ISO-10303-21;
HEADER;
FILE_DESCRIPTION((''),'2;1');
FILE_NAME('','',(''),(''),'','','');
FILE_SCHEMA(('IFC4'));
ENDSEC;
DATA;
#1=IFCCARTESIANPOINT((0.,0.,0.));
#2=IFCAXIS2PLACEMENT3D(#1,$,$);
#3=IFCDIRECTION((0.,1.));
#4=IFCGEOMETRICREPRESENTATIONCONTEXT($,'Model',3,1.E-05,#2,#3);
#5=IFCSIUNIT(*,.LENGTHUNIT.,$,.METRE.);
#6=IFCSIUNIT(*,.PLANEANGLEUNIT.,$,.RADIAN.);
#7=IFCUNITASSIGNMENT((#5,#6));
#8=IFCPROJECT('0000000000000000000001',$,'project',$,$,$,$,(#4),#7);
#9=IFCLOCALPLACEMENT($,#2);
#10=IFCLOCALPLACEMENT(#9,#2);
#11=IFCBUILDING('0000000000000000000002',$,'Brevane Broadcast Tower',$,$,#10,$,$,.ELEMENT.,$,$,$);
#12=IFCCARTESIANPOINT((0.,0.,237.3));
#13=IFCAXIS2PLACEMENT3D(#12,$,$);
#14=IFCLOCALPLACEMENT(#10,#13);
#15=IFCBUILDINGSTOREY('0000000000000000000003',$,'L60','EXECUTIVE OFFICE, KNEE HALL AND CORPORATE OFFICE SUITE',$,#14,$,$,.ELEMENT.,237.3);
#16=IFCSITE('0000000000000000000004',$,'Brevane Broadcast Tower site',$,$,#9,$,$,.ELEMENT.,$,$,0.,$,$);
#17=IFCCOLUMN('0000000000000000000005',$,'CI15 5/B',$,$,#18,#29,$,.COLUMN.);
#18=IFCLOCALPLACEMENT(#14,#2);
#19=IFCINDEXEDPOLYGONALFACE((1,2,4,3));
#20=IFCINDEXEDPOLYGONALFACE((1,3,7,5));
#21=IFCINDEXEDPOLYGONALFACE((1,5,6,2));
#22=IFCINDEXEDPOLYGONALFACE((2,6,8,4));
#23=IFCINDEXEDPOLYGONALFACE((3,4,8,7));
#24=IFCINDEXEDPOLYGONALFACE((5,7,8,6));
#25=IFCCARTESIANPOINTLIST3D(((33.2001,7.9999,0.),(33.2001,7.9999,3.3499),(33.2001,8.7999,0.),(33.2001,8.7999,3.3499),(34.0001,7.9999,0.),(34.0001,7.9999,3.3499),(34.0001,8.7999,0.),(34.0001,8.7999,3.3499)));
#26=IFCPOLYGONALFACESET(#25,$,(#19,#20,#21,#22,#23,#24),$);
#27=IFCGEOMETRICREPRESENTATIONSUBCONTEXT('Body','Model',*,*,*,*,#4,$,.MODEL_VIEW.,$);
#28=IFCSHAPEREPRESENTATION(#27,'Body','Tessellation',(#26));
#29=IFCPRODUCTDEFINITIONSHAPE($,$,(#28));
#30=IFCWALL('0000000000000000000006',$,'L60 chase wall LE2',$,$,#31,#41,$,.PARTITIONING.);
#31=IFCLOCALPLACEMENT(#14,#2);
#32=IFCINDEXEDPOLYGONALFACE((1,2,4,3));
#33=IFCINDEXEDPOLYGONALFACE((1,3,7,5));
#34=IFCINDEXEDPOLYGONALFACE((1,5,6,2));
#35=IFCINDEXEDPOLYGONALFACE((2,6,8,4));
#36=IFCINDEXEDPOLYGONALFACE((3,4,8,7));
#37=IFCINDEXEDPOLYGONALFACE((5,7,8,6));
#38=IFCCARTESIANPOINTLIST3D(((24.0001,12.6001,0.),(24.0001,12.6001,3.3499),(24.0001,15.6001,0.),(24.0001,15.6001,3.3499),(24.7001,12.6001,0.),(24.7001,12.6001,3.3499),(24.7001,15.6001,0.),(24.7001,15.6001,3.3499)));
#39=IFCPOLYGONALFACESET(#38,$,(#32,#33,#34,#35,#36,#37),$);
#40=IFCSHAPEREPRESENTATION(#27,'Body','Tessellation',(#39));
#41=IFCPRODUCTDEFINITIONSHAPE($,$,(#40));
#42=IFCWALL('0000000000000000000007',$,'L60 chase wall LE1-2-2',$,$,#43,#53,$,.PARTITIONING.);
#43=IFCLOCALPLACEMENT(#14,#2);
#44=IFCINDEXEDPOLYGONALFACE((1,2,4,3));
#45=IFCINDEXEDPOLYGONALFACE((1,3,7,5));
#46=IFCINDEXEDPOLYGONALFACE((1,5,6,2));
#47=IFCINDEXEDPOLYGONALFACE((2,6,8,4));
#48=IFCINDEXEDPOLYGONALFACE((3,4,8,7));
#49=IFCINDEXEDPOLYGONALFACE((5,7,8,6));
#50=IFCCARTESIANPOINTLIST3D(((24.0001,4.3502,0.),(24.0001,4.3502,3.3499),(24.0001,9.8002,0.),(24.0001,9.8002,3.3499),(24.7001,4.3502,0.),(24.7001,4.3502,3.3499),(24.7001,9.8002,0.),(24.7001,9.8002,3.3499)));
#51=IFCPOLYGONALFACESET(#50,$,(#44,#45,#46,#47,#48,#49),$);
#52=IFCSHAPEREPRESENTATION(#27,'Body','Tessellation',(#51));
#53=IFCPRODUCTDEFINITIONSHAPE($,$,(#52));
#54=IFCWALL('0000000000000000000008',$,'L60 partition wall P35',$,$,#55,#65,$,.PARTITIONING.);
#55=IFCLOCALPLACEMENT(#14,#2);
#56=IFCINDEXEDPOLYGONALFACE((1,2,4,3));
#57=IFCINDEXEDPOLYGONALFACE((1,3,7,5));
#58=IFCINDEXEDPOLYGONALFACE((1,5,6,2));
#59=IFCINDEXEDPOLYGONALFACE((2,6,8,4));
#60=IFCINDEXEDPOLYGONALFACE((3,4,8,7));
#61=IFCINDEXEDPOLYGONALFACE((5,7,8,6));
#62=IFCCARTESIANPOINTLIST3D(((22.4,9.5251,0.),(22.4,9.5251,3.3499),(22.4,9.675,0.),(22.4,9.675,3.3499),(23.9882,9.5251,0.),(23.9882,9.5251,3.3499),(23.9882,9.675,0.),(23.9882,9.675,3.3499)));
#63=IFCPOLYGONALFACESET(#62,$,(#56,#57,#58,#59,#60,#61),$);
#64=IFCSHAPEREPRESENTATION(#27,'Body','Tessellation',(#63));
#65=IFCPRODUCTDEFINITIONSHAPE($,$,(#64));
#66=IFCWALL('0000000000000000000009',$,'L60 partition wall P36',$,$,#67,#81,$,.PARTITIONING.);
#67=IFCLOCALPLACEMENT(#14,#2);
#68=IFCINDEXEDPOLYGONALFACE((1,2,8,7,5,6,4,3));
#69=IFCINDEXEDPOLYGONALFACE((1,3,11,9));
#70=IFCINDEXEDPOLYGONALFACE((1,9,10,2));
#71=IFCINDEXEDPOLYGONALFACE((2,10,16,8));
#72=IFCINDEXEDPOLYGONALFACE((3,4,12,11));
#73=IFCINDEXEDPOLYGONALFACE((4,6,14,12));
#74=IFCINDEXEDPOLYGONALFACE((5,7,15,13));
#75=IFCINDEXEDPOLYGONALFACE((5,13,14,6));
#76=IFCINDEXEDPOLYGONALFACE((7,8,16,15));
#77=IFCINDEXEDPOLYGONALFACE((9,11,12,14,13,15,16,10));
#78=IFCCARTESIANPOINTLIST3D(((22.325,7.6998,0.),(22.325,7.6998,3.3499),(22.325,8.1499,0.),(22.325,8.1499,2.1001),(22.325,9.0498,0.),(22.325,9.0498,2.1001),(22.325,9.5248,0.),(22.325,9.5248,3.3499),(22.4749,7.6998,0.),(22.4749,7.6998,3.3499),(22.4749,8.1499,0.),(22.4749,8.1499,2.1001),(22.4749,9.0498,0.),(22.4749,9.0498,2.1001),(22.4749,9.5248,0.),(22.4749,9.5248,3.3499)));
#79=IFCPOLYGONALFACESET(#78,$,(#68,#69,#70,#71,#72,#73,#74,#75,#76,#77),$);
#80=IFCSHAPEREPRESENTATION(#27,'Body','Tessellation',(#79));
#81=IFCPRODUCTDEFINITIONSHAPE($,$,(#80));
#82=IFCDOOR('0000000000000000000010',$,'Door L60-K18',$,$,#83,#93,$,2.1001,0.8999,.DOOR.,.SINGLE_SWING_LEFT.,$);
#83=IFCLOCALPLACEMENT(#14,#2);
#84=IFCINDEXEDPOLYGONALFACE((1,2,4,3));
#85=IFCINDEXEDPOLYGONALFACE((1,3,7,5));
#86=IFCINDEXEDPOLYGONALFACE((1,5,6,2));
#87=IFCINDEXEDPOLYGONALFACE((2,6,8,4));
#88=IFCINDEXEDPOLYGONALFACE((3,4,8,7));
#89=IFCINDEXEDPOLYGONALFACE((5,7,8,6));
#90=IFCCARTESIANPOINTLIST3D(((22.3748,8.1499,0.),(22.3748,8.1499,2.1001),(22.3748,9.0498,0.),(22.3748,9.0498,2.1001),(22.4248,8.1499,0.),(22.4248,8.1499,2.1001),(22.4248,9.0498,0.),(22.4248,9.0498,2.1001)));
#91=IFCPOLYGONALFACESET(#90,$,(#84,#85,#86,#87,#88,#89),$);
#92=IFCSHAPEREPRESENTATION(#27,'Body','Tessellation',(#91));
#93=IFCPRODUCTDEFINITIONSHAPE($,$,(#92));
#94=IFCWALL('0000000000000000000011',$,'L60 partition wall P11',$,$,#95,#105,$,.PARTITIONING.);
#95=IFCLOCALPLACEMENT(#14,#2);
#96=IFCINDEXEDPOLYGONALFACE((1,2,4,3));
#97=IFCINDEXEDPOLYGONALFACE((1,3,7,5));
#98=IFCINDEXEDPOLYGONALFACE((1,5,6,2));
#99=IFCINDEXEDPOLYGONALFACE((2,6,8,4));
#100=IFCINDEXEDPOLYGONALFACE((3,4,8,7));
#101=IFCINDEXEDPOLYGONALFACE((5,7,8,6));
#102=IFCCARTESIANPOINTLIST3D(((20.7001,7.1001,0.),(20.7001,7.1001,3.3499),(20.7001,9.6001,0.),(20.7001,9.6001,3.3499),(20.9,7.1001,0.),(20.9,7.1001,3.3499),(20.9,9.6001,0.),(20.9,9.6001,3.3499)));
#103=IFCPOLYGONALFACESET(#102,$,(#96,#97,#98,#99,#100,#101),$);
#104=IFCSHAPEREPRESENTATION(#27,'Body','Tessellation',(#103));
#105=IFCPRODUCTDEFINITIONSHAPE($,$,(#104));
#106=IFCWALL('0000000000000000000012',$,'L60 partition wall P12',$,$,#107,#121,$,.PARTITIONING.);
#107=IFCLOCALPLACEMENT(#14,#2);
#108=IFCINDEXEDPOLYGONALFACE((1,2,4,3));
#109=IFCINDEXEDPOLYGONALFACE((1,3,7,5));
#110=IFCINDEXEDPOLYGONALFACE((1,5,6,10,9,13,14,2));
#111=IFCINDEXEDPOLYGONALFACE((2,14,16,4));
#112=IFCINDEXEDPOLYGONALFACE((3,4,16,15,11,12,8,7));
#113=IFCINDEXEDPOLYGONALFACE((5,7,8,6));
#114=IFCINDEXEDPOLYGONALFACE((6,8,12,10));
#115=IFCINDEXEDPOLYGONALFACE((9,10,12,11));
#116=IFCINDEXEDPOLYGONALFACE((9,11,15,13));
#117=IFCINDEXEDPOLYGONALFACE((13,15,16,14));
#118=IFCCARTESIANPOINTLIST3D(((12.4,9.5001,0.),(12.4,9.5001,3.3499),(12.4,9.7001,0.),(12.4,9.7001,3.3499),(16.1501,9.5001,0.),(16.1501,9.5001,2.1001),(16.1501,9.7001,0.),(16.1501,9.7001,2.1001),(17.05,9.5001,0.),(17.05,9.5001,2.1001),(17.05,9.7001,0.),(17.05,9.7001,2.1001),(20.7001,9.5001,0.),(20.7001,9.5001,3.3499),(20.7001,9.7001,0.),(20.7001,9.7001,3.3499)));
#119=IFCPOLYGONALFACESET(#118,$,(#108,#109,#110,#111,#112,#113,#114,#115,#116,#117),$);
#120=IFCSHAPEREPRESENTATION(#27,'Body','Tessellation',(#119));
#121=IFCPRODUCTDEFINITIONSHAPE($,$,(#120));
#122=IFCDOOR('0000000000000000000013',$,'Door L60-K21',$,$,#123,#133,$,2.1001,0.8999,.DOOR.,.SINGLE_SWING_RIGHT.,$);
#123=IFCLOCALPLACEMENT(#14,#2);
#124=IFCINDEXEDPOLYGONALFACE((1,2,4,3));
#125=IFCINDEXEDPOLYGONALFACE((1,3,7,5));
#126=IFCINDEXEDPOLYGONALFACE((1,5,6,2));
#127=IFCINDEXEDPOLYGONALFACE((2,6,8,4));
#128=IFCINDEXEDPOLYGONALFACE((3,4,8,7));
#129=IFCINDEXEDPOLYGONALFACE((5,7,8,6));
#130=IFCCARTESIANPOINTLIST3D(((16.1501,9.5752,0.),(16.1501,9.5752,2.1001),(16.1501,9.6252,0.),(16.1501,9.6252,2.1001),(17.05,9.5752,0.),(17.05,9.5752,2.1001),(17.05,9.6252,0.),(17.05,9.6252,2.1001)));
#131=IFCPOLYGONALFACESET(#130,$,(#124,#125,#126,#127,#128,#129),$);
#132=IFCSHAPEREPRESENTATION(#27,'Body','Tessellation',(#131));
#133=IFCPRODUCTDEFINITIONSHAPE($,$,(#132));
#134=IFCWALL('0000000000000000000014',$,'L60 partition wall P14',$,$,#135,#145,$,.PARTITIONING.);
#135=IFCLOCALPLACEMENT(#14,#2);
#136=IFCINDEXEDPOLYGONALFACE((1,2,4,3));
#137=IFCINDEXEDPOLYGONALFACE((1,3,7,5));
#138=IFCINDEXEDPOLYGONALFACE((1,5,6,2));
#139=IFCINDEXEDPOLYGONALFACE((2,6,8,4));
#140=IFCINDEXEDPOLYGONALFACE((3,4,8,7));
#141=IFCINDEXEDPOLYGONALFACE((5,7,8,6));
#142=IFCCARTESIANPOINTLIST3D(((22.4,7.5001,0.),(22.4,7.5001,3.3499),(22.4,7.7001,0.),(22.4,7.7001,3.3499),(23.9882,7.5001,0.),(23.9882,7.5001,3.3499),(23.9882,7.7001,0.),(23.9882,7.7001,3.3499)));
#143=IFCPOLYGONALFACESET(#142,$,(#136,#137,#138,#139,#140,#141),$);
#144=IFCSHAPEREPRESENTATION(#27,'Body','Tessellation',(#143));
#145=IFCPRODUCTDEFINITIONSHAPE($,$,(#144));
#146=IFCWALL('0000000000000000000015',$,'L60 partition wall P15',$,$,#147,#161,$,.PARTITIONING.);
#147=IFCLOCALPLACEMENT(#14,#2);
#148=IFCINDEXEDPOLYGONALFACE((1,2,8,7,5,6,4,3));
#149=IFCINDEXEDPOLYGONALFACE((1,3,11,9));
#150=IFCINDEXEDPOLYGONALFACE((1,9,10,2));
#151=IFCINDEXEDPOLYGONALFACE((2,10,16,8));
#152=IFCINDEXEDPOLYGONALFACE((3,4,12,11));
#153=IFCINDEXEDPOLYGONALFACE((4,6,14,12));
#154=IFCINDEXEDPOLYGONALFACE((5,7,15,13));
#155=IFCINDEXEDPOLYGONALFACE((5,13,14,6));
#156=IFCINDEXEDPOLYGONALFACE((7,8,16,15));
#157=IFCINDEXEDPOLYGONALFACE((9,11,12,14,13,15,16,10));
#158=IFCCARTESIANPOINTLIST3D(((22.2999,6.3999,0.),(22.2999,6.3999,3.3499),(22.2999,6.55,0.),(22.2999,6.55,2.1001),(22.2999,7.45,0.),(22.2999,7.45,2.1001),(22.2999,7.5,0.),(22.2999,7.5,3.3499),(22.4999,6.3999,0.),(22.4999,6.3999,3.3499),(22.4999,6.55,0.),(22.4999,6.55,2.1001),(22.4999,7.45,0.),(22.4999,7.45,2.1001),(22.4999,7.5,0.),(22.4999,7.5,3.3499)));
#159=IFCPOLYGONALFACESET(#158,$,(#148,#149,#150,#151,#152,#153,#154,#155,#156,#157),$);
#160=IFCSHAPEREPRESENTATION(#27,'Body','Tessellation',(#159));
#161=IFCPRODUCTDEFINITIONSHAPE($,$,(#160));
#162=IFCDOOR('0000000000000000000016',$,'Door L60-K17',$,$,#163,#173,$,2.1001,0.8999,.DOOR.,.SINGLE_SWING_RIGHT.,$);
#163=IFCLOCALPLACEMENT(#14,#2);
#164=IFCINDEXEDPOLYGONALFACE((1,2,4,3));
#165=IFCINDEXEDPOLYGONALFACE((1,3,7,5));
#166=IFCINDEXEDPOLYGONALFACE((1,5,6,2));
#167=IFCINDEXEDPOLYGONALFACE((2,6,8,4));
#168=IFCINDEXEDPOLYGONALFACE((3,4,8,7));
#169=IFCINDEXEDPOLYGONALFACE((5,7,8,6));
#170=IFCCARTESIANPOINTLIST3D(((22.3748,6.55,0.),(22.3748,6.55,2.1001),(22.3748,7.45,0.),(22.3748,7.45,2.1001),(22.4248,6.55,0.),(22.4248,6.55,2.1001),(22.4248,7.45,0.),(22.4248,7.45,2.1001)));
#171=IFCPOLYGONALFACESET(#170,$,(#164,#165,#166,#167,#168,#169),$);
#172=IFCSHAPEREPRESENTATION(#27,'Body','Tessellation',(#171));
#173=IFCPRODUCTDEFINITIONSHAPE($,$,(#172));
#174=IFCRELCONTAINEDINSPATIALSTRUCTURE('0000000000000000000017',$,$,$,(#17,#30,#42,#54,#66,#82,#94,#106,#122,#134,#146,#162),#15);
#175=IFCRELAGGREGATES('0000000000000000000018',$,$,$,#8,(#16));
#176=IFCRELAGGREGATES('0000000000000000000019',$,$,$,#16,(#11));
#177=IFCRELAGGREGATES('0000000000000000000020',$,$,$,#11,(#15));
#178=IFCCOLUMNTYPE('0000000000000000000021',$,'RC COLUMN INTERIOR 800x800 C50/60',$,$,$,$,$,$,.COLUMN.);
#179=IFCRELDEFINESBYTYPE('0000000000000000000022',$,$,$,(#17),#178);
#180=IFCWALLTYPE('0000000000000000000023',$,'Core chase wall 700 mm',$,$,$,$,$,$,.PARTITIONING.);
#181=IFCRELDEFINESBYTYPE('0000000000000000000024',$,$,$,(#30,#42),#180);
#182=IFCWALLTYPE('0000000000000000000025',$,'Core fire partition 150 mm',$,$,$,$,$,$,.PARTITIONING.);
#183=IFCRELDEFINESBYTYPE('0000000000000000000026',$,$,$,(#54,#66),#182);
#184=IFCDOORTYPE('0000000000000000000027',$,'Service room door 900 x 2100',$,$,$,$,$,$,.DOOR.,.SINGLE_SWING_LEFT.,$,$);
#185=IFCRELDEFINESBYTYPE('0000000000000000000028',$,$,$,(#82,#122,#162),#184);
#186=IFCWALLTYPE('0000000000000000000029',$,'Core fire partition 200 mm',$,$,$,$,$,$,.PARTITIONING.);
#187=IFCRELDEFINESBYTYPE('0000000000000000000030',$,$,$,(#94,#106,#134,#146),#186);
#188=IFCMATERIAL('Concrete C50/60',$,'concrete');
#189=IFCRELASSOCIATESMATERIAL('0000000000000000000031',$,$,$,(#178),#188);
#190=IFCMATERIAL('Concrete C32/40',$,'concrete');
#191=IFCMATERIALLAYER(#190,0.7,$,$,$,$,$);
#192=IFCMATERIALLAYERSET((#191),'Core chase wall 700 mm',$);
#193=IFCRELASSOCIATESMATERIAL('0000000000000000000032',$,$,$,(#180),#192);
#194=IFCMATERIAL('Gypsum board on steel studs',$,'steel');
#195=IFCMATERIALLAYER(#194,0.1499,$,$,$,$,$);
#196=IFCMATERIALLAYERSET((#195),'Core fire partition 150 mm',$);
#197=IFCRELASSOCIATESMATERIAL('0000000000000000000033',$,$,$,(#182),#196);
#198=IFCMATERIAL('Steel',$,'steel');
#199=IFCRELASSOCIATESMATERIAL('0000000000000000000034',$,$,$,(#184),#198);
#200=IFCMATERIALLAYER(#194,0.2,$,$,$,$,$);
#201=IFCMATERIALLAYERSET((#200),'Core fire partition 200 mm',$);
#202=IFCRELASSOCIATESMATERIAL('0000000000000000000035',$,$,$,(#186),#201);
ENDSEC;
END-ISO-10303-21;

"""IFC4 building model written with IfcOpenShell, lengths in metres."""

from ifc_helpers import new_model, si_unit, direction, frame, frame_2d, origin, origin_2d, place, context, subcontext, project, spatial, rectangle, extrude, material, layer, layer_set, material_profile, profile_set, type_object, element, fill, save


model = new_model("IFC4")

# Units and contexts
model_context = context("Model", 3, precision=1e-05, world=origin(), true_north=direction((0.0, 1.0)))
body_context = subcontext(model_context, "Body", "Model", "MODEL_VIEW")
ifc_project = project(units=[si_unit("LENGTHUNIT", "METRE"), si_unit("PLANEANGLEUNIT", "RADIAN")], contexts=[model_context])

# Site, building, storey
site_placement = place(None, origin())
site = spatial("IfcSite", under=ifc_project, at=site_placement, Name="Brevane Broadcast Tower site", CompositionType="ELEMENT", RefElevation=0.0)
building_placement = place(site_placement, origin())
building = spatial("IfcBuilding", under=site, at=building_placement, Name="Brevane Broadcast Tower", CompositionType="ELEMENT")
storey_placement = place(building_placement, frame((0.0, 0.0, 237.3)))
storey = spatial("IfcBuildingStorey", under=building, at=storey_placement, Name="L60", Description="EXECUTIVE OFFICE, KNEE HALL AND CORPORATE OFFICE SUITE", CompositionType="ELEMENT", Elevation=237.3)

# Column
ifc_material_1 = material(Name="Concrete C50/60", Category="concrete")
ifc_material_profile = material_profile(ifc_material_1, rectangle(XDim=0.8, YDim=0.8, at=origin_2d()), Name="RC 800x800")
ifc_profile_set = profile_set([ifc_material_profile], Name="Concrete C50/60")
column_type = type_object("IfcColumnType", Name="RC COLUMN INTERIOR 800x800 C50/60", PredefinedType="COLUMN", material=ifc_profile_set)
column_placement = place(storey_placement, frame((33.6001, 8.3999, 0.0), z_axis=(0.0, 0.0, 1.0), x_axis=(1.0, 0.0, 0.0)))
element("IfcColumn", 1, at=column_placement, inside=storey, type_object=column_type, Name="CI15 5/B", PredefinedType="COLUMN", context=body_context, shape_type="SweptSolid", body=[
    extrude(rectangle(XDim=0.8, YDim=0.8, at=origin_2d()), origin(), (0.0, 0.0, 1.0), 3.3499),
])

# Walls
ifc_material_2 = material(Name="Concrete C32/40", Category="concrete")
ifc_layer_1 = layer(ifc_material_2, 0.7)
ifc_layer_set_1 = layer_set([ifc_layer_1], Name="Core chase wall 700 mm")
wall_type_1 = type_object("IfcWallType", Name="Core chase wall 700 mm", PredefinedType="PARTITIONING", material=ifc_layer_set_1)
wall_1_placement = place(storey_placement, frame((24.3501, 12.6001, 0.0), z_axis=(0.0, 0.0, 1.0), x_axis=(0.0, 1.0, 0.0)))
element("IfcWall", 2, at=wall_1_placement, inside=storey, type_object=wall_type_1, Name="L60 chase wall LE2", PredefinedType="PARTITIONING", context=body_context, shape_type="SweptSolid", body=[
    extrude(rectangle(XDim=3.0, YDim=0.7, at=frame_2d((1.5, 0.0))), origin(), (0.0, 0.0, 1.0), 3.3499),
])
wall_2_placement = place(storey_placement, frame((24.3501, 4.3501, 0.0), z_axis=(0.0, 0.0, 1.0), x_axis=(0.0, 1.0, 0.0)))
element("IfcWall", 3, at=wall_2_placement, inside=storey, type_object=wall_type_1, Name="L60 chase wall LE1-2-2", PredefinedType="PARTITIONING", context=body_context, shape_type="SweptSolid", body=[
    extrude(rectangle(XDim=5.45, YDim=0.7, at=frame_2d((2.7251, 0.0))), origin(), (0.0, 0.0, 1.0), 3.3499),
])
ifc_material_3 = material(Name="Gypsum board on steel studs", Category="steel")
ifc_layer_2 = layer(ifc_material_3, 0.1499)
ifc_layer_set_2 = layer_set([ifc_layer_2], Name="Core fire partition 150 mm")
wall_type_2 = type_object("IfcWallType", Name="Core fire partition 150 mm", PredefinedType="PARTITIONING", material=ifc_layer_set_2)
wall_3_placement = place(storey_placement, frame((23.988, 9.6001, 0.0), z_axis=(0.0, 0.0, 1.0), x_axis=(-1.0, 0.0, 0.0)))
element("IfcWall", 4, at=wall_3_placement, inside=storey, type_object=wall_type_2, Name="L60 partition wall P35", PredefinedType="PARTITIONING", context=body_context, shape_type="SweptSolid", body=[
    extrude(rectangle(XDim=1.5881, YDim=0.1499, at=frame_2d((0.7939, 0.0))), origin(), (0.0, 0.0, 1.0), 3.3499),
])

# Wall, opening, door
wall_4_placement = place(storey_placement, frame((22.3999, 9.5249, 0.0), z_axis=(0.0, 0.0, 1.0), x_axis=(0.0, -1.0, 0.0)))
wall_4 = element("IfcWall", 5, at=wall_4_placement, inside=storey, type_object=wall_type_2, Name="L60 partition wall P36", PredefinedType="PARTITIONING", context=body_context, shape_type="SweptSolid", body=[
    extrude(rectangle(XDim=1.825, YDim=0.1499, at=frame_2d((0.9126, 0.0))), origin(), (0.0, 0.0, 1.0), 3.3499),
])
opening_1_placement = place(wall_4_placement, frame((0.4751, 0.0, 0.0)))
opening_1 = element("IfcOpeningElement", 6, at=opening_1_placement, cuts=wall_4, PredefinedType="OPENING", context=body_context, shape_type="SweptSolid", body=[
    extrude(rectangle(XDim=0.8999, YDim=2.1001, at=frame_2d((0.45, 1.05))), frame((0.0, 0.085, 0.0), z_axis=(0.0, -1.0, 0.0), x_axis=(1.0, 0.0, 0.0)), (0.0, 0.0, 1.0), 0.1699),
])
ifc_material_4 = material(Name="Steel", Category="steel")
door_type_1 = type_object("IfcDoorType", Name="Service room door 900 x 2100", OperationType="SINGLE_SWING_LEFT", PredefinedType="DOOR", material=ifc_material_4)
door_1_placement = place(opening_1_placement, origin())
door_1 = element("IfcDoor", 7, at=door_1_placement, inside=storey, type_object=door_type_1, Name="Door L60-K18", OperationType="SINGLE_SWING_LEFT", OverallHeight=2.1001, OverallWidth=0.8999, PredefinedType="DOOR", context=body_context, shape_type="SweptSolid", body=[
    extrude(rectangle(XDim=0.8999, YDim=2.1001, at=frame_2d((0.45, 1.05))), frame((0.0, 0.0249, 0.0), z_axis=(0.0, -1.0, 0.0), x_axis=(1.0, 0.0, 0.0)), (0.0, 0.0, 1.0), 0.05),
])
fill(opening_1, door_1)

# Wall
ifc_layer_3 = layer(ifc_material_3, 0.2)
ifc_layer_set_3 = layer_set([ifc_layer_3], Name="Core fire partition 200 mm")
wall_type_3 = type_object("IfcWallType", Name="Core fire partition 200 mm", PredefinedType="PARTITIONING", material=ifc_layer_set_3)
wall_5_placement = place(storey_placement, frame((20.8, 7.1001, 0.0), z_axis=(0.0, 0.0, 1.0), x_axis=(0.0, 1.0, 0.0)))
element("IfcWall", 8, at=wall_5_placement, inside=storey, type_object=wall_type_3, Name="L60 partition wall P11", PredefinedType="PARTITIONING", context=body_context, shape_type="SweptSolid", body=[
    extrude(rectangle(XDim=2.5, YDim=0.2, at=frame_2d((1.25, 0.0))), origin(), (0.0, 0.0, 1.0), 3.3499),
])

# Wall, opening, door
wall_6_placement = place(storey_placement, frame((20.7, 9.6001, 0.0), z_axis=(0.0, 0.0, 1.0), x_axis=(-1.0, 0.0, 0.0)))
wall_6 = element("IfcWall", 9, at=wall_6_placement, inside=storey, type_object=wall_type_3, Name="L60 partition wall P12", PredefinedType="PARTITIONING", context=body_context, shape_type="SweptSolid", body=[
    extrude(rectangle(XDim=8.3, YDim=0.2, at=frame_2d((4.1499, 0.0))), origin(), (0.0, 0.0, 1.0), 3.3499),
])
opening_2_placement = place(wall_6_placement, frame((3.6499, 0.0, 0.0)))
opening_2 = element("IfcOpeningElement", 10, at=opening_2_placement, cuts=wall_6, PredefinedType="OPENING", context=body_context, shape_type="SweptSolid", body=[
    extrude(rectangle(XDim=0.8999, YDim=2.1001, at=frame_2d((0.45, 1.05))), frame((0.0, 0.1099, 0.0), z_axis=(0.0, -1.0, 0.0), x_axis=(1.0, 0.0, 0.0)), (0.0, 0.0, 1.0), 0.22),
])
door_2_placement = place(opening_2_placement, origin())
door_2 = element("IfcDoor", 11, at=door_2_placement, inside=storey, type_object=door_type_1, Name="Door L60-K21", OperationType="SINGLE_SWING_RIGHT", OverallHeight=2.1001, OverallWidth=0.8999, PredefinedType="DOOR", context=body_context, shape_type="SweptSolid", body=[
    extrude(rectangle(XDim=0.8999, YDim=2.1001, at=frame_2d((0.45, 1.05))), frame((0.0, 0.0249, 0.0), z_axis=(0.0, -1.0, 0.0), x_axis=(1.0, 0.0, 0.0)), (0.0, 0.0, 1.0), 0.05),
])
fill(opening_2, door_2)

# Wall
wall_7_placement = place(storey_placement, frame((23.988, 7.6001, 0.0), z_axis=(0.0, 0.0, 1.0), x_axis=(-1.0, 0.0, 0.0)))
element("IfcWall", 12, at=wall_7_placement, inside=storey, type_object=wall_type_3, Name="L60 partition wall P14", PredefinedType="PARTITIONING", context=body_context, shape_type="SweptSolid", body=[
    extrude(rectangle(XDim=1.5881, YDim=0.2, at=frame_2d((0.7939, 0.0))), origin(), (0.0, 0.0, 1.0), 3.3499),
])

# Wall, opening, door
wall_8_placement = place(storey_placement, frame((22.3999, 7.5, 0.0), z_axis=(0.0, 0.0, 1.0), x_axis=(0.0, -1.0, 0.0)))
wall_8 = element("IfcWall", 13, at=wall_8_placement, inside=storey, type_object=wall_type_3, Name="L60 partition wall P15", PredefinedType="PARTITIONING", context=body_context, shape_type="SweptSolid", body=[
    extrude(rectangle(XDim=1.1001, YDim=0.2, at=frame_2d((0.55, 0.0))), origin(), (0.0, 0.0, 1.0), 3.3499),
])
opening_3_placement = place(wall_8_placement, frame((0.05, 0.0, 0.0)))
opening_3 = element("IfcOpeningElement", 14, at=opening_3_placement, cuts=wall_8, PredefinedType="OPENING", context=body_context, shape_type="SweptSolid", body=[
    extrude(rectangle(XDim=0.8999, YDim=2.1001, at=frame_2d((0.45, 1.05))), frame((0.0, 0.1099, 0.0), z_axis=(0.0, -1.0, 0.0), x_axis=(1.0, 0.0, 0.0)), (0.0, 0.0, 1.0), 0.22),
])
door_3_placement = place(opening_3_placement, origin())
door_3 = element("IfcDoor", 15, at=door_3_placement, inside=storey, type_object=door_type_1, Name="Door L60-K17", OperationType="SINGLE_SWING_RIGHT", OverallHeight=2.1001, OverallWidth=0.8999, PredefinedType="DOOR", context=body_context, shape_type="SweptSolid", body=[
    extrude(rectangle(XDim=0.8999, YDim=2.1001, at=frame_2d((0.45, 1.05))), frame((0.0, 0.0249, 0.0), z_axis=(0.0, -1.0, 0.0), x_axis=(1.0, 0.0, 0.0)), (0.0, 0.0, 1.0), 0.05),
])
fill(opening_3, door_3)

save(model, "model.ifc")
